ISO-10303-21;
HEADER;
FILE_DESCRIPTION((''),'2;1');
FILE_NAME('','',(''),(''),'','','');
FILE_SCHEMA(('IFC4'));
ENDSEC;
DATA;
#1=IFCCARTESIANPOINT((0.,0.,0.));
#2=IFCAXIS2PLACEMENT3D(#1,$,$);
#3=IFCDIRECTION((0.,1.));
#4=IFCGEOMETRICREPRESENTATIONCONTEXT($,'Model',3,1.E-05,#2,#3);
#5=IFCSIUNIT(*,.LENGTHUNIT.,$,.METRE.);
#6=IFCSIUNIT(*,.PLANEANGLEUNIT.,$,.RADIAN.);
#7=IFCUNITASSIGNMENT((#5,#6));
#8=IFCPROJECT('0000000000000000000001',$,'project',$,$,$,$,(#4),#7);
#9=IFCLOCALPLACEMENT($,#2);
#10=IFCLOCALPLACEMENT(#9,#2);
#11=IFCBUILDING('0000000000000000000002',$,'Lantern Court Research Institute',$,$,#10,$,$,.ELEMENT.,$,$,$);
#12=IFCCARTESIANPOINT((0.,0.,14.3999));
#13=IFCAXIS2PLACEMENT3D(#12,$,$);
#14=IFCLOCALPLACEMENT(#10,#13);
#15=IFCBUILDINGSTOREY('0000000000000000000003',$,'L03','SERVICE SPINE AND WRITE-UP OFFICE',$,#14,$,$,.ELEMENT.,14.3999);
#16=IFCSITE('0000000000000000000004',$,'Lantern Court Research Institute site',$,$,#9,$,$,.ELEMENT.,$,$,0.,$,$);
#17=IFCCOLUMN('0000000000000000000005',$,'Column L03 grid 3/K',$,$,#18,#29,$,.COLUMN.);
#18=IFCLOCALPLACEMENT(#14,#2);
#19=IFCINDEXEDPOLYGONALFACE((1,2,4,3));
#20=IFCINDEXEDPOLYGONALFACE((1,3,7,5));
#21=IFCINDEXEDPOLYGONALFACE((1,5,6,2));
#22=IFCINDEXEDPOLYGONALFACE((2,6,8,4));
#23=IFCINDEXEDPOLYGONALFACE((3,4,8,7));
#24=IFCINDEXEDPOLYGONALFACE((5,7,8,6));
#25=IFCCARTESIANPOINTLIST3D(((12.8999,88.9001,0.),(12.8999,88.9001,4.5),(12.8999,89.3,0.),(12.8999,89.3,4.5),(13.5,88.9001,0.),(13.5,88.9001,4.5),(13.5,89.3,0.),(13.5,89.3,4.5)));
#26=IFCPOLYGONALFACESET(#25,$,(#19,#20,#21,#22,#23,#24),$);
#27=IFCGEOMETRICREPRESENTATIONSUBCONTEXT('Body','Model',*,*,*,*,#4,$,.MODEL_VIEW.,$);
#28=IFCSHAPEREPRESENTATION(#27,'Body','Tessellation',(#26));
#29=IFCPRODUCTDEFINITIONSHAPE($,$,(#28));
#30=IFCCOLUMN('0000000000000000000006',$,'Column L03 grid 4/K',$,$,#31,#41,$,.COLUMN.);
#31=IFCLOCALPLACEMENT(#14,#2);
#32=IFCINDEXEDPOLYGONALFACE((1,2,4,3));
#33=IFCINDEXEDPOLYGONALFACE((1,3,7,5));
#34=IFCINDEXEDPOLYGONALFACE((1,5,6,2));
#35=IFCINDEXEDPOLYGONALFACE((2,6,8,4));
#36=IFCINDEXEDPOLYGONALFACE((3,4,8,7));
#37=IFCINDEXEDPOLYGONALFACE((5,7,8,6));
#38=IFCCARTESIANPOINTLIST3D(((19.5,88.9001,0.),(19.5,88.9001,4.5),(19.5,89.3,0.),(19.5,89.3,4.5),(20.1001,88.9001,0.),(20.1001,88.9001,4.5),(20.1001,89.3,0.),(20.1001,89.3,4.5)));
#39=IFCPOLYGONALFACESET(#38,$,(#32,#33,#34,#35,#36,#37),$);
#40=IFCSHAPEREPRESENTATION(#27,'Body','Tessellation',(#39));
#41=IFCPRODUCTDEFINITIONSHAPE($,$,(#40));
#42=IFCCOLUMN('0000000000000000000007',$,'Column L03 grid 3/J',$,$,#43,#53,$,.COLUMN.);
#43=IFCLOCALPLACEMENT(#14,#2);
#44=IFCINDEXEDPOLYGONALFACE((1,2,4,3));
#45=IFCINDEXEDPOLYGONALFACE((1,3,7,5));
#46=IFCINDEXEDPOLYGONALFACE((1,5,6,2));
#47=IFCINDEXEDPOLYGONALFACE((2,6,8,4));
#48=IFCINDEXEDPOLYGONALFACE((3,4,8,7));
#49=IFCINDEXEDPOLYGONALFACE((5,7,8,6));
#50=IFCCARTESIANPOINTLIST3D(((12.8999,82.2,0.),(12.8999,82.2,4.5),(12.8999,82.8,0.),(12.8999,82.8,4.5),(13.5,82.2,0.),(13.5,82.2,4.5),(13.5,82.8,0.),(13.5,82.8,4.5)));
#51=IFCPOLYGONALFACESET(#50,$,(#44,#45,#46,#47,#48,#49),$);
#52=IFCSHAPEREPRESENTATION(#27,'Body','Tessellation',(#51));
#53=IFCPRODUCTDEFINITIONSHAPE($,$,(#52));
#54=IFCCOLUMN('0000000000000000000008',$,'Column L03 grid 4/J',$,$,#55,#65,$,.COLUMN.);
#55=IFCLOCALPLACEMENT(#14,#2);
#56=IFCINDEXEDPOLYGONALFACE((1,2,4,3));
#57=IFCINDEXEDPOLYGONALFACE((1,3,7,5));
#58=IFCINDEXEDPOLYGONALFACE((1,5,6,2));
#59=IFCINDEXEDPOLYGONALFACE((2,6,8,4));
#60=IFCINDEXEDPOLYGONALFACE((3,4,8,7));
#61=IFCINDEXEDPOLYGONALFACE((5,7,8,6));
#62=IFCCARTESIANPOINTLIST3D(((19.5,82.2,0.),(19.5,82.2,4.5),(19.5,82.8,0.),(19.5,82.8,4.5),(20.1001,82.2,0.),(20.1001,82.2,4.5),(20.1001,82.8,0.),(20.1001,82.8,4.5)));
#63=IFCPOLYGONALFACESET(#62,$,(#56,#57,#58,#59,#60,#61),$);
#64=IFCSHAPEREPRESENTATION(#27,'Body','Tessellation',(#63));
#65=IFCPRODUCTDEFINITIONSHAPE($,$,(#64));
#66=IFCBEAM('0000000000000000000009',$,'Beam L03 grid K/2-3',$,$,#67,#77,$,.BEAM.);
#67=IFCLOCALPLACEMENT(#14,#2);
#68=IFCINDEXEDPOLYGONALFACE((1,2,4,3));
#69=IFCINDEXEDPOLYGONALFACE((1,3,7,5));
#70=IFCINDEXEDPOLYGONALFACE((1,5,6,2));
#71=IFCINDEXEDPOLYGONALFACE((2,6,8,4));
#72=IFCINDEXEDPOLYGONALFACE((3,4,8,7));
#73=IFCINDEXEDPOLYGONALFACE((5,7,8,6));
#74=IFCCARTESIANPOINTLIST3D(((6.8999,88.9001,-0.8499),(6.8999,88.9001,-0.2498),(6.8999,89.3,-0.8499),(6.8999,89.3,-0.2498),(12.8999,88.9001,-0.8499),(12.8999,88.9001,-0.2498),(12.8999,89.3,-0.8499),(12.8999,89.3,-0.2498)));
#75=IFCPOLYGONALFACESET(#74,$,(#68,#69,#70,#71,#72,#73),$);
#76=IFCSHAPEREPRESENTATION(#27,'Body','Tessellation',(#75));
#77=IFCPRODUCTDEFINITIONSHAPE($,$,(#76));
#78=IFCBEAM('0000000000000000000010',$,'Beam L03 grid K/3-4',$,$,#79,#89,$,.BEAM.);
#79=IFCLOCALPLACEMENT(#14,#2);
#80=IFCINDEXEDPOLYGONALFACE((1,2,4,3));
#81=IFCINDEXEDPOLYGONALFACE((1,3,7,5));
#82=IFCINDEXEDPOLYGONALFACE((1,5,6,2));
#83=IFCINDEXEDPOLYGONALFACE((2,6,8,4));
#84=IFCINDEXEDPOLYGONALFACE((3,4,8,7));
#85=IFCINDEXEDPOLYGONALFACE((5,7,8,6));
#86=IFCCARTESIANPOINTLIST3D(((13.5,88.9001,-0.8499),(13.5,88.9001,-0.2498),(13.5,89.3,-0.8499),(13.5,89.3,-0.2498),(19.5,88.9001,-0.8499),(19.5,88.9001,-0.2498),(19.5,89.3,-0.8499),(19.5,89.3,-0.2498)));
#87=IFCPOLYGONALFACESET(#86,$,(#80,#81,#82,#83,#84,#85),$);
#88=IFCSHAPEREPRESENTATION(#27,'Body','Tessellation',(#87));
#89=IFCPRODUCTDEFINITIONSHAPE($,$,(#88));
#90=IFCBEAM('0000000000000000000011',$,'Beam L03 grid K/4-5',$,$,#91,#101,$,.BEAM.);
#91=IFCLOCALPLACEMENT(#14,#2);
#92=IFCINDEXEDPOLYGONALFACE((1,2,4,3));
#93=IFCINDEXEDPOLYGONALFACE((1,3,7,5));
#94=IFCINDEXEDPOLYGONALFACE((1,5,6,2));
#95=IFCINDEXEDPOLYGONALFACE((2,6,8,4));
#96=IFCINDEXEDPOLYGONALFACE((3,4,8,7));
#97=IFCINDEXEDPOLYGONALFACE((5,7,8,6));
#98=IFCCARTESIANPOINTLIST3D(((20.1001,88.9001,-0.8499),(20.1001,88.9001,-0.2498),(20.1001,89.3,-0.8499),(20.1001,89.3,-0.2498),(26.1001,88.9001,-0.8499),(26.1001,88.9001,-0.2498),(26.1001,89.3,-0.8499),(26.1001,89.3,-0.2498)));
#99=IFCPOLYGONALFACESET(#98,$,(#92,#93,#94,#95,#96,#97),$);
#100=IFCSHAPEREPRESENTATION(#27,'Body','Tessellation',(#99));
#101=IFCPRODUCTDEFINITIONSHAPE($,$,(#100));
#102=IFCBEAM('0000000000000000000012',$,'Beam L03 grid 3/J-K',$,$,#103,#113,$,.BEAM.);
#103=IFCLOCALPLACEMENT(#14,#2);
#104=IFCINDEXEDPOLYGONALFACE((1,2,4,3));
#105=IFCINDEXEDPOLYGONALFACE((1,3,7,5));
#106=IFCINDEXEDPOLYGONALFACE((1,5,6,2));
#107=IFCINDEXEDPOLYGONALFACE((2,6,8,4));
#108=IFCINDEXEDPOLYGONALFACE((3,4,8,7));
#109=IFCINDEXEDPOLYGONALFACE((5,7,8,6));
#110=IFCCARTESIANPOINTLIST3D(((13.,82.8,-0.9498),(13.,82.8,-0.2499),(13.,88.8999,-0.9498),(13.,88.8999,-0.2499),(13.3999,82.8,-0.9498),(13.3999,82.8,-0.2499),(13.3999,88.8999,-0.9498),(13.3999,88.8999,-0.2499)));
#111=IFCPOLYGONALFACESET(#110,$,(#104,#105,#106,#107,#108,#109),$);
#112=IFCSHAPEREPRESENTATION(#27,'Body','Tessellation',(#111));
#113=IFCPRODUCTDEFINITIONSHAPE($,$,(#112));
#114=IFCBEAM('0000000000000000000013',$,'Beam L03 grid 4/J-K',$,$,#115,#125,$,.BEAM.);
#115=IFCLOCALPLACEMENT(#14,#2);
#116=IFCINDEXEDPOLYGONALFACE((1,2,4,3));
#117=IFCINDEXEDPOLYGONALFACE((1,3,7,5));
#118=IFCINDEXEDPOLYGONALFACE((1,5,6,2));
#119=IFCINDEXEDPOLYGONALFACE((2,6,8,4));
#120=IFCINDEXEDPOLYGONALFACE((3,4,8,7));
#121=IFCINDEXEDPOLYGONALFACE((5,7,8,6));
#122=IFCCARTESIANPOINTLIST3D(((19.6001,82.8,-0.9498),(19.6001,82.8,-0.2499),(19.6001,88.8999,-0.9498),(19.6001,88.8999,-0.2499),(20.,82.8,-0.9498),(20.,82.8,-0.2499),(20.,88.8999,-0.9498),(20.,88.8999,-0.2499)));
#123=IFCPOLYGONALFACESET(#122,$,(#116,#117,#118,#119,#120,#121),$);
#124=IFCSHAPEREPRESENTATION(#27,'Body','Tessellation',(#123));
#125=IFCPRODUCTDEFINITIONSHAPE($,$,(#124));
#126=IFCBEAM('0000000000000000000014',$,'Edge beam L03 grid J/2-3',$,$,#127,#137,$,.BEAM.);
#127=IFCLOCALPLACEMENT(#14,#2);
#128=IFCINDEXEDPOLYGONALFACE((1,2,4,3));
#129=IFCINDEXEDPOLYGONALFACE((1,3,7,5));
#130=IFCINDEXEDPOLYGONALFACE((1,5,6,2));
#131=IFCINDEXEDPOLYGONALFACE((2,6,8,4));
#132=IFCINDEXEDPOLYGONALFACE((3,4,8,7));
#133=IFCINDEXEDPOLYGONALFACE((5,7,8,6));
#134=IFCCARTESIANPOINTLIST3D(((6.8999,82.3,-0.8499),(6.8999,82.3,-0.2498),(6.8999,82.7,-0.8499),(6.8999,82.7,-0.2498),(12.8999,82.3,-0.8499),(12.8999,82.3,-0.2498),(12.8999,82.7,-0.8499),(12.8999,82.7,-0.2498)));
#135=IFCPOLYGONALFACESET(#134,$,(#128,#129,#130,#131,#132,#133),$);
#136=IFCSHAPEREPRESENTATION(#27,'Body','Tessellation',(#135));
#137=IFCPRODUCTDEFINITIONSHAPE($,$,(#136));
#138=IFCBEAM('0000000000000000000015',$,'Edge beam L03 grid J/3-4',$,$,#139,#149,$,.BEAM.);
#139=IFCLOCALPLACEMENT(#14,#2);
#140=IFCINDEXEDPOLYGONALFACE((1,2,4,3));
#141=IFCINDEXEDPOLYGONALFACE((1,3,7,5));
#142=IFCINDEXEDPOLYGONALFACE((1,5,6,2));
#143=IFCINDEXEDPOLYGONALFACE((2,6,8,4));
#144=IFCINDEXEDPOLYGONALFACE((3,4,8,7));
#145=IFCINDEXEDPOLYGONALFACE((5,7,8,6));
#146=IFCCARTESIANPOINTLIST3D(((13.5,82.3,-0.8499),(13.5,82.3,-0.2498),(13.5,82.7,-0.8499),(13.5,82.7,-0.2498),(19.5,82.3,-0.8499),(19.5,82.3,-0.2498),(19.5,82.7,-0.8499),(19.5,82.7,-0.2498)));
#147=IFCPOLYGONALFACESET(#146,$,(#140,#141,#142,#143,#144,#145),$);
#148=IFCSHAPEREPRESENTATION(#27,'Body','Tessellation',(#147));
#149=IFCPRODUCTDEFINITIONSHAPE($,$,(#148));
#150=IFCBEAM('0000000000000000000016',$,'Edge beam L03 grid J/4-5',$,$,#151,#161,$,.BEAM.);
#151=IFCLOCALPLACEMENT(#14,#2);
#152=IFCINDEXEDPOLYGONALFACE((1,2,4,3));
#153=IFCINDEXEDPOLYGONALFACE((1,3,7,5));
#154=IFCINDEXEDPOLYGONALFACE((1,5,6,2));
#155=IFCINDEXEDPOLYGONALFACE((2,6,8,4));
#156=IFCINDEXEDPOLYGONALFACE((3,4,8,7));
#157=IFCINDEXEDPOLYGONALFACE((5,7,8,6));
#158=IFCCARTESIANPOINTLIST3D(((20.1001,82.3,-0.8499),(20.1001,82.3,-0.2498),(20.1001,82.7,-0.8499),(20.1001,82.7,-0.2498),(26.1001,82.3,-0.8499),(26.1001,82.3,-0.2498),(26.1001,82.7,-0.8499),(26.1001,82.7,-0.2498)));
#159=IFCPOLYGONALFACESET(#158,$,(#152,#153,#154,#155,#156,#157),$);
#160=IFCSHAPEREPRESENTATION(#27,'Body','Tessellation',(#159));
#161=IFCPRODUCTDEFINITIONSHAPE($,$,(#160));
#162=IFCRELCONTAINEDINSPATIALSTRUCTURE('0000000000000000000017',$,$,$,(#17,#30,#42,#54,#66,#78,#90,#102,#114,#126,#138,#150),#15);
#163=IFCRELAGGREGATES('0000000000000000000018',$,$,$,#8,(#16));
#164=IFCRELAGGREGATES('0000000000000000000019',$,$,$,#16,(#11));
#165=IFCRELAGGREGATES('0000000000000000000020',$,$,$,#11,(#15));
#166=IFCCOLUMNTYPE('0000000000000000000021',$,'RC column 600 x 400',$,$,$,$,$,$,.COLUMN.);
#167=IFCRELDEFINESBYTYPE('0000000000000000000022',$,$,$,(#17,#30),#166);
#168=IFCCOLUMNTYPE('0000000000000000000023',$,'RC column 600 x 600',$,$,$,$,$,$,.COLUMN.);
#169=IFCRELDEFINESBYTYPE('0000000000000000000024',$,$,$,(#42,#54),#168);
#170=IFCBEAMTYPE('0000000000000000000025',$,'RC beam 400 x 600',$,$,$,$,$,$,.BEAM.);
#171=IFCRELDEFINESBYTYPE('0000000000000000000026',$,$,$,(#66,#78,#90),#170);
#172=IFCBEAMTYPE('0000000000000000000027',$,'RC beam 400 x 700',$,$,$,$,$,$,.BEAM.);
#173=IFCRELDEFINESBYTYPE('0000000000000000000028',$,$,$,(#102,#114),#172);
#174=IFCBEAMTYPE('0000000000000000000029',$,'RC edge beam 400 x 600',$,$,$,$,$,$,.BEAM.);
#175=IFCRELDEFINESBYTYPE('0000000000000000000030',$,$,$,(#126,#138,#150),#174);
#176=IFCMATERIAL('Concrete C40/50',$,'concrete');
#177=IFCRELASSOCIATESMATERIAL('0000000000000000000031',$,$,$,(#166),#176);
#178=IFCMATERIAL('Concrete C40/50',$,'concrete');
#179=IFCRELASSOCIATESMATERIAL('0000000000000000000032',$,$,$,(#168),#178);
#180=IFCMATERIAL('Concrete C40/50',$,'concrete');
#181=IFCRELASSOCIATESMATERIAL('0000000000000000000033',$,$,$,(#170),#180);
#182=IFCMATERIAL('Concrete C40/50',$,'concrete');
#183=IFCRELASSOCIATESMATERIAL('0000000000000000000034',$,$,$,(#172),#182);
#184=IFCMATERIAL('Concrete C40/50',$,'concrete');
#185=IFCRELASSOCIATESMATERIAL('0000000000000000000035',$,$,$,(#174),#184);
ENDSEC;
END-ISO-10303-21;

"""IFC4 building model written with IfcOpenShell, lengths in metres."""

from ifc_helpers import new_model, si_unit, direction, frame, origin, origin_2d, place, context, subcontext, project, spatial, rectangle, extrude, material, material_profile, profile_set, type_object, element, save


model = new_model("IFC4")

# Units and contexts
model_context = context("Model", 3, precision=1e-05, world=origin(), true_north=direction((0.0, 1.0)))
body_context = subcontext(model_context, "Body", "Model", "MODEL_VIEW")
ifc_project = project(units=[si_unit("LENGTHUNIT", "METRE"), si_unit("PLANEANGLEUNIT", "RADIAN")], contexts=[model_context])

# Site, building, storey
site_placement = place(None, origin())
site = spatial("IfcSite", under=ifc_project, at=site_placement, Name="Lantern Court Research Institute site", CompositionType="ELEMENT", RefElevation=0.0)
building_placement = place(site_placement, origin())
building = spatial("IfcBuilding", under=site, at=building_placement, Name="Lantern Court Research Institute", CompositionType="ELEMENT")
storey_placement = place(building_placement, frame((0.0, 0.0, 14.3999)))
storey = spatial("IfcBuildingStorey", under=building, at=storey_placement, Name="L03", Description="SERVICE SPINE AND WRITE-UP OFFICE", CompositionType="ELEMENT", Elevation=14.3999)

# Columns
ifc_material_1 = material(Name="Concrete C40/50", Category="concrete")
ifc_material_profile_1 = material_profile(ifc_material_1, rectangle(XDim=0.6001, YDim=0.3999, at=origin_2d()), Name="RC column 600 x 400")
ifc_profile_set_1 = profile_set([ifc_material_profile_1], Name="Concrete C40/50")
column_type_1 = type_object("IfcColumnType", Name="RC column 600 x 400", PredefinedType="COLUMN", material=ifc_profile_set_1)
for number, where, z_axis, x_axis, name in (
    (1, (13.2, 89.1001, 0.0), (0.0, 0.0, 1.0), (1.0, 0.0, 0.0), "Column L03 grid 3/K"),
    (2, (19.8, 89.1001, 0.0), (0.0, 0.0, 1.0), (1.0, 0.0, 0.0), "Column L03 grid 4/K"),
):
    element("IfcColumn", number, at=place(storey_placement, frame(where, z_axis=z_axis, x_axis=x_axis)), inside=storey, type_object=column_type_1, Name=name, PredefinedType="COLUMN", context=body_context, shape_type="SweptSolid", body=[
        extrude(rectangle(XDim=0.6001, YDim=0.3999, at=origin_2d()), origin(), (0.0, 0.0, 1.0), 4.5),
    ])
ifc_material_2 = material(Name="Concrete C40/50", Category="concrete")
ifc_material_profile_2 = material_profile(ifc_material_2, rectangle(XDim=0.6001, YDim=0.6001, at=origin_2d()), Name="RC column 600 x 600")
ifc_profile_set_2 = profile_set([ifc_material_profile_2], Name="Concrete C40/50")
column_type_2 = type_object("IfcColumnType", Name="RC column 600 x 600", PredefinedType="COLUMN", material=ifc_profile_set_2)
for number, where, z_axis, x_axis, name in (
    (3, (13.2, 82.5, 0.0), (0.0, 0.0, 1.0), (1.0, 0.0, 0.0), "Column L03 grid 3/J"),
    (4, (19.8, 82.5, 0.0), (0.0, 0.0, 1.0), (1.0, 0.0, 0.0), "Column L03 grid 4/J"),
):
    element("IfcColumn", number, at=place(storey_placement, frame(where, z_axis=z_axis, x_axis=x_axis)), inside=storey, type_object=column_type_2, Name=name, PredefinedType="COLUMN", context=body_context, shape_type="SweptSolid", body=[
        extrude(rectangle(XDim=0.6001, YDim=0.6001, at=origin_2d()), origin(), (0.0, 0.0, 1.0), 4.5),
    ])

# Beams
ifc_material_3 = material(Name="Concrete C40/50", Category="concrete")
ifc_material_profile_3 = material_profile(ifc_material_3, rectangle(XDim=0.3999, YDim=0.6001, at=origin_2d()), Name="RC beam 400 x 600")
ifc_profile_set_3 = profile_set([ifc_material_profile_3], Name="Concrete C40/50")
beam_type_1 = type_object("IfcBeamType", Name="RC beam 400 x 600", PredefinedType="BEAM", material=ifc_profile_set_3)
for number, where, z_axis, x_axis, name in (
    (5, (6.8999, 89.1001, -0.5498), (1.0, 0.0, 0.0), (0.0, 1.0, 0.0), "Beam L03 grid K/2-3"),
    (6, (13.5, 89.1001, -0.5498), (1.0, 0.0, 0.0), (0.0, 1.0, 0.0), "Beam L03 grid K/3-4"),
    (7, (20.1001, 89.1001, -0.5498), (1.0, 0.0, 0.0), (0.0, 1.0, 0.0), "Beam L03 grid K/4-5"),
):
    element("IfcBeam", number, at=place(storey_placement, frame(where, z_axis=z_axis, x_axis=x_axis)), inside=storey, type_object=beam_type_1, Name=name, PredefinedType="BEAM", context=body_context, shape_type="SweptSolid", body=[
        extrude(rectangle(XDim=0.3999, YDim=0.6001, at=origin_2d()), origin(), (0.0, 0.0, 1.0), 6.0),
    ])
ifc_material_4 = material(Name="Concrete C40/50", Category="concrete")
ifc_material_profile_4 = material_profile(ifc_material_4, rectangle(XDim=0.3999, YDim=0.7, at=origin_2d()), Name="RC beam 400 x 700")
ifc_profile_set_4 = profile_set([ifc_material_profile_4], Name="Concrete C40/50")
beam_type_2 = type_object("IfcBeamType", Name="RC beam 400 x 700", PredefinedType="BEAM", material=ifc_profile_set_4)
for number, where, z_axis, x_axis, name in (
    (8, (13.2, 82.8, -0.5999), (0.0, 1.0, 0.0), (-1.0, 0.0, 0.0), "Beam L03 grid 3/J-K"),
    (9, (19.8, 82.8, -0.5999), (0.0, 1.0, 0.0), (-1.0, 0.0, 0.0), "Beam L03 grid 4/J-K"),
):
    element("IfcBeam", number, at=place(storey_placement, frame(where, z_axis=z_axis, x_axis=x_axis)), inside=storey, type_object=beam_type_2, Name=name, PredefinedType="BEAM", context=body_context, shape_type="SweptSolid", body=[
        extrude(rectangle(XDim=0.3999, YDim=0.7, at=origin_2d()), origin(), (0.0, 0.0, 1.0), 6.0999),
    ])
ifc_material_5 = material(Name="Concrete C40/50", Category="concrete")
ifc_material_profile_5 = material_profile(ifc_material_5, rectangle(XDim=0.3999, YDim=0.6001, at=origin_2d()), Name="RC beam 400 x 600")
ifc_profile_set_5 = profile_set([ifc_material_profile_5], Name="Concrete C40/50")
beam_type_3 = type_object("IfcBeamType", Name="RC edge beam 400 x 600", PredefinedType="BEAM", material=ifc_profile_set_5)
for number, where, z_axis, x_axis, name in (
    (10, (6.8999, 82.5, -0.5498), (1.0, 0.0, 0.0), (0.0, 1.0, 0.0), "Edge beam L03 grid J/2-3"),
    (11, (13.5, 82.5, -0.5498), (1.0, 0.0, 0.0), (0.0, 1.0, 0.0), "Edge beam L03 grid J/3-4"),
    (12, (20.1001, 82.5, -0.5498), (1.0, 0.0, 0.0), (0.0, 1.0, 0.0), "Edge beam L03 grid J/4-5"),
):
    element("IfcBeam", number, at=place(storey_placement, frame(where, z_axis=z_axis, x_axis=x_axis)), inside=storey, type_object=beam_type_3, Name=name, PredefinedType="BEAM", context=body_context, shape_type="SweptSolid", body=[
        extrude(rectangle(XDim=0.3999, YDim=0.6001, at=origin_2d()), origin(), (0.0, 0.0, 1.0), 6.0),
    ])

save(model, "model.ifc")
